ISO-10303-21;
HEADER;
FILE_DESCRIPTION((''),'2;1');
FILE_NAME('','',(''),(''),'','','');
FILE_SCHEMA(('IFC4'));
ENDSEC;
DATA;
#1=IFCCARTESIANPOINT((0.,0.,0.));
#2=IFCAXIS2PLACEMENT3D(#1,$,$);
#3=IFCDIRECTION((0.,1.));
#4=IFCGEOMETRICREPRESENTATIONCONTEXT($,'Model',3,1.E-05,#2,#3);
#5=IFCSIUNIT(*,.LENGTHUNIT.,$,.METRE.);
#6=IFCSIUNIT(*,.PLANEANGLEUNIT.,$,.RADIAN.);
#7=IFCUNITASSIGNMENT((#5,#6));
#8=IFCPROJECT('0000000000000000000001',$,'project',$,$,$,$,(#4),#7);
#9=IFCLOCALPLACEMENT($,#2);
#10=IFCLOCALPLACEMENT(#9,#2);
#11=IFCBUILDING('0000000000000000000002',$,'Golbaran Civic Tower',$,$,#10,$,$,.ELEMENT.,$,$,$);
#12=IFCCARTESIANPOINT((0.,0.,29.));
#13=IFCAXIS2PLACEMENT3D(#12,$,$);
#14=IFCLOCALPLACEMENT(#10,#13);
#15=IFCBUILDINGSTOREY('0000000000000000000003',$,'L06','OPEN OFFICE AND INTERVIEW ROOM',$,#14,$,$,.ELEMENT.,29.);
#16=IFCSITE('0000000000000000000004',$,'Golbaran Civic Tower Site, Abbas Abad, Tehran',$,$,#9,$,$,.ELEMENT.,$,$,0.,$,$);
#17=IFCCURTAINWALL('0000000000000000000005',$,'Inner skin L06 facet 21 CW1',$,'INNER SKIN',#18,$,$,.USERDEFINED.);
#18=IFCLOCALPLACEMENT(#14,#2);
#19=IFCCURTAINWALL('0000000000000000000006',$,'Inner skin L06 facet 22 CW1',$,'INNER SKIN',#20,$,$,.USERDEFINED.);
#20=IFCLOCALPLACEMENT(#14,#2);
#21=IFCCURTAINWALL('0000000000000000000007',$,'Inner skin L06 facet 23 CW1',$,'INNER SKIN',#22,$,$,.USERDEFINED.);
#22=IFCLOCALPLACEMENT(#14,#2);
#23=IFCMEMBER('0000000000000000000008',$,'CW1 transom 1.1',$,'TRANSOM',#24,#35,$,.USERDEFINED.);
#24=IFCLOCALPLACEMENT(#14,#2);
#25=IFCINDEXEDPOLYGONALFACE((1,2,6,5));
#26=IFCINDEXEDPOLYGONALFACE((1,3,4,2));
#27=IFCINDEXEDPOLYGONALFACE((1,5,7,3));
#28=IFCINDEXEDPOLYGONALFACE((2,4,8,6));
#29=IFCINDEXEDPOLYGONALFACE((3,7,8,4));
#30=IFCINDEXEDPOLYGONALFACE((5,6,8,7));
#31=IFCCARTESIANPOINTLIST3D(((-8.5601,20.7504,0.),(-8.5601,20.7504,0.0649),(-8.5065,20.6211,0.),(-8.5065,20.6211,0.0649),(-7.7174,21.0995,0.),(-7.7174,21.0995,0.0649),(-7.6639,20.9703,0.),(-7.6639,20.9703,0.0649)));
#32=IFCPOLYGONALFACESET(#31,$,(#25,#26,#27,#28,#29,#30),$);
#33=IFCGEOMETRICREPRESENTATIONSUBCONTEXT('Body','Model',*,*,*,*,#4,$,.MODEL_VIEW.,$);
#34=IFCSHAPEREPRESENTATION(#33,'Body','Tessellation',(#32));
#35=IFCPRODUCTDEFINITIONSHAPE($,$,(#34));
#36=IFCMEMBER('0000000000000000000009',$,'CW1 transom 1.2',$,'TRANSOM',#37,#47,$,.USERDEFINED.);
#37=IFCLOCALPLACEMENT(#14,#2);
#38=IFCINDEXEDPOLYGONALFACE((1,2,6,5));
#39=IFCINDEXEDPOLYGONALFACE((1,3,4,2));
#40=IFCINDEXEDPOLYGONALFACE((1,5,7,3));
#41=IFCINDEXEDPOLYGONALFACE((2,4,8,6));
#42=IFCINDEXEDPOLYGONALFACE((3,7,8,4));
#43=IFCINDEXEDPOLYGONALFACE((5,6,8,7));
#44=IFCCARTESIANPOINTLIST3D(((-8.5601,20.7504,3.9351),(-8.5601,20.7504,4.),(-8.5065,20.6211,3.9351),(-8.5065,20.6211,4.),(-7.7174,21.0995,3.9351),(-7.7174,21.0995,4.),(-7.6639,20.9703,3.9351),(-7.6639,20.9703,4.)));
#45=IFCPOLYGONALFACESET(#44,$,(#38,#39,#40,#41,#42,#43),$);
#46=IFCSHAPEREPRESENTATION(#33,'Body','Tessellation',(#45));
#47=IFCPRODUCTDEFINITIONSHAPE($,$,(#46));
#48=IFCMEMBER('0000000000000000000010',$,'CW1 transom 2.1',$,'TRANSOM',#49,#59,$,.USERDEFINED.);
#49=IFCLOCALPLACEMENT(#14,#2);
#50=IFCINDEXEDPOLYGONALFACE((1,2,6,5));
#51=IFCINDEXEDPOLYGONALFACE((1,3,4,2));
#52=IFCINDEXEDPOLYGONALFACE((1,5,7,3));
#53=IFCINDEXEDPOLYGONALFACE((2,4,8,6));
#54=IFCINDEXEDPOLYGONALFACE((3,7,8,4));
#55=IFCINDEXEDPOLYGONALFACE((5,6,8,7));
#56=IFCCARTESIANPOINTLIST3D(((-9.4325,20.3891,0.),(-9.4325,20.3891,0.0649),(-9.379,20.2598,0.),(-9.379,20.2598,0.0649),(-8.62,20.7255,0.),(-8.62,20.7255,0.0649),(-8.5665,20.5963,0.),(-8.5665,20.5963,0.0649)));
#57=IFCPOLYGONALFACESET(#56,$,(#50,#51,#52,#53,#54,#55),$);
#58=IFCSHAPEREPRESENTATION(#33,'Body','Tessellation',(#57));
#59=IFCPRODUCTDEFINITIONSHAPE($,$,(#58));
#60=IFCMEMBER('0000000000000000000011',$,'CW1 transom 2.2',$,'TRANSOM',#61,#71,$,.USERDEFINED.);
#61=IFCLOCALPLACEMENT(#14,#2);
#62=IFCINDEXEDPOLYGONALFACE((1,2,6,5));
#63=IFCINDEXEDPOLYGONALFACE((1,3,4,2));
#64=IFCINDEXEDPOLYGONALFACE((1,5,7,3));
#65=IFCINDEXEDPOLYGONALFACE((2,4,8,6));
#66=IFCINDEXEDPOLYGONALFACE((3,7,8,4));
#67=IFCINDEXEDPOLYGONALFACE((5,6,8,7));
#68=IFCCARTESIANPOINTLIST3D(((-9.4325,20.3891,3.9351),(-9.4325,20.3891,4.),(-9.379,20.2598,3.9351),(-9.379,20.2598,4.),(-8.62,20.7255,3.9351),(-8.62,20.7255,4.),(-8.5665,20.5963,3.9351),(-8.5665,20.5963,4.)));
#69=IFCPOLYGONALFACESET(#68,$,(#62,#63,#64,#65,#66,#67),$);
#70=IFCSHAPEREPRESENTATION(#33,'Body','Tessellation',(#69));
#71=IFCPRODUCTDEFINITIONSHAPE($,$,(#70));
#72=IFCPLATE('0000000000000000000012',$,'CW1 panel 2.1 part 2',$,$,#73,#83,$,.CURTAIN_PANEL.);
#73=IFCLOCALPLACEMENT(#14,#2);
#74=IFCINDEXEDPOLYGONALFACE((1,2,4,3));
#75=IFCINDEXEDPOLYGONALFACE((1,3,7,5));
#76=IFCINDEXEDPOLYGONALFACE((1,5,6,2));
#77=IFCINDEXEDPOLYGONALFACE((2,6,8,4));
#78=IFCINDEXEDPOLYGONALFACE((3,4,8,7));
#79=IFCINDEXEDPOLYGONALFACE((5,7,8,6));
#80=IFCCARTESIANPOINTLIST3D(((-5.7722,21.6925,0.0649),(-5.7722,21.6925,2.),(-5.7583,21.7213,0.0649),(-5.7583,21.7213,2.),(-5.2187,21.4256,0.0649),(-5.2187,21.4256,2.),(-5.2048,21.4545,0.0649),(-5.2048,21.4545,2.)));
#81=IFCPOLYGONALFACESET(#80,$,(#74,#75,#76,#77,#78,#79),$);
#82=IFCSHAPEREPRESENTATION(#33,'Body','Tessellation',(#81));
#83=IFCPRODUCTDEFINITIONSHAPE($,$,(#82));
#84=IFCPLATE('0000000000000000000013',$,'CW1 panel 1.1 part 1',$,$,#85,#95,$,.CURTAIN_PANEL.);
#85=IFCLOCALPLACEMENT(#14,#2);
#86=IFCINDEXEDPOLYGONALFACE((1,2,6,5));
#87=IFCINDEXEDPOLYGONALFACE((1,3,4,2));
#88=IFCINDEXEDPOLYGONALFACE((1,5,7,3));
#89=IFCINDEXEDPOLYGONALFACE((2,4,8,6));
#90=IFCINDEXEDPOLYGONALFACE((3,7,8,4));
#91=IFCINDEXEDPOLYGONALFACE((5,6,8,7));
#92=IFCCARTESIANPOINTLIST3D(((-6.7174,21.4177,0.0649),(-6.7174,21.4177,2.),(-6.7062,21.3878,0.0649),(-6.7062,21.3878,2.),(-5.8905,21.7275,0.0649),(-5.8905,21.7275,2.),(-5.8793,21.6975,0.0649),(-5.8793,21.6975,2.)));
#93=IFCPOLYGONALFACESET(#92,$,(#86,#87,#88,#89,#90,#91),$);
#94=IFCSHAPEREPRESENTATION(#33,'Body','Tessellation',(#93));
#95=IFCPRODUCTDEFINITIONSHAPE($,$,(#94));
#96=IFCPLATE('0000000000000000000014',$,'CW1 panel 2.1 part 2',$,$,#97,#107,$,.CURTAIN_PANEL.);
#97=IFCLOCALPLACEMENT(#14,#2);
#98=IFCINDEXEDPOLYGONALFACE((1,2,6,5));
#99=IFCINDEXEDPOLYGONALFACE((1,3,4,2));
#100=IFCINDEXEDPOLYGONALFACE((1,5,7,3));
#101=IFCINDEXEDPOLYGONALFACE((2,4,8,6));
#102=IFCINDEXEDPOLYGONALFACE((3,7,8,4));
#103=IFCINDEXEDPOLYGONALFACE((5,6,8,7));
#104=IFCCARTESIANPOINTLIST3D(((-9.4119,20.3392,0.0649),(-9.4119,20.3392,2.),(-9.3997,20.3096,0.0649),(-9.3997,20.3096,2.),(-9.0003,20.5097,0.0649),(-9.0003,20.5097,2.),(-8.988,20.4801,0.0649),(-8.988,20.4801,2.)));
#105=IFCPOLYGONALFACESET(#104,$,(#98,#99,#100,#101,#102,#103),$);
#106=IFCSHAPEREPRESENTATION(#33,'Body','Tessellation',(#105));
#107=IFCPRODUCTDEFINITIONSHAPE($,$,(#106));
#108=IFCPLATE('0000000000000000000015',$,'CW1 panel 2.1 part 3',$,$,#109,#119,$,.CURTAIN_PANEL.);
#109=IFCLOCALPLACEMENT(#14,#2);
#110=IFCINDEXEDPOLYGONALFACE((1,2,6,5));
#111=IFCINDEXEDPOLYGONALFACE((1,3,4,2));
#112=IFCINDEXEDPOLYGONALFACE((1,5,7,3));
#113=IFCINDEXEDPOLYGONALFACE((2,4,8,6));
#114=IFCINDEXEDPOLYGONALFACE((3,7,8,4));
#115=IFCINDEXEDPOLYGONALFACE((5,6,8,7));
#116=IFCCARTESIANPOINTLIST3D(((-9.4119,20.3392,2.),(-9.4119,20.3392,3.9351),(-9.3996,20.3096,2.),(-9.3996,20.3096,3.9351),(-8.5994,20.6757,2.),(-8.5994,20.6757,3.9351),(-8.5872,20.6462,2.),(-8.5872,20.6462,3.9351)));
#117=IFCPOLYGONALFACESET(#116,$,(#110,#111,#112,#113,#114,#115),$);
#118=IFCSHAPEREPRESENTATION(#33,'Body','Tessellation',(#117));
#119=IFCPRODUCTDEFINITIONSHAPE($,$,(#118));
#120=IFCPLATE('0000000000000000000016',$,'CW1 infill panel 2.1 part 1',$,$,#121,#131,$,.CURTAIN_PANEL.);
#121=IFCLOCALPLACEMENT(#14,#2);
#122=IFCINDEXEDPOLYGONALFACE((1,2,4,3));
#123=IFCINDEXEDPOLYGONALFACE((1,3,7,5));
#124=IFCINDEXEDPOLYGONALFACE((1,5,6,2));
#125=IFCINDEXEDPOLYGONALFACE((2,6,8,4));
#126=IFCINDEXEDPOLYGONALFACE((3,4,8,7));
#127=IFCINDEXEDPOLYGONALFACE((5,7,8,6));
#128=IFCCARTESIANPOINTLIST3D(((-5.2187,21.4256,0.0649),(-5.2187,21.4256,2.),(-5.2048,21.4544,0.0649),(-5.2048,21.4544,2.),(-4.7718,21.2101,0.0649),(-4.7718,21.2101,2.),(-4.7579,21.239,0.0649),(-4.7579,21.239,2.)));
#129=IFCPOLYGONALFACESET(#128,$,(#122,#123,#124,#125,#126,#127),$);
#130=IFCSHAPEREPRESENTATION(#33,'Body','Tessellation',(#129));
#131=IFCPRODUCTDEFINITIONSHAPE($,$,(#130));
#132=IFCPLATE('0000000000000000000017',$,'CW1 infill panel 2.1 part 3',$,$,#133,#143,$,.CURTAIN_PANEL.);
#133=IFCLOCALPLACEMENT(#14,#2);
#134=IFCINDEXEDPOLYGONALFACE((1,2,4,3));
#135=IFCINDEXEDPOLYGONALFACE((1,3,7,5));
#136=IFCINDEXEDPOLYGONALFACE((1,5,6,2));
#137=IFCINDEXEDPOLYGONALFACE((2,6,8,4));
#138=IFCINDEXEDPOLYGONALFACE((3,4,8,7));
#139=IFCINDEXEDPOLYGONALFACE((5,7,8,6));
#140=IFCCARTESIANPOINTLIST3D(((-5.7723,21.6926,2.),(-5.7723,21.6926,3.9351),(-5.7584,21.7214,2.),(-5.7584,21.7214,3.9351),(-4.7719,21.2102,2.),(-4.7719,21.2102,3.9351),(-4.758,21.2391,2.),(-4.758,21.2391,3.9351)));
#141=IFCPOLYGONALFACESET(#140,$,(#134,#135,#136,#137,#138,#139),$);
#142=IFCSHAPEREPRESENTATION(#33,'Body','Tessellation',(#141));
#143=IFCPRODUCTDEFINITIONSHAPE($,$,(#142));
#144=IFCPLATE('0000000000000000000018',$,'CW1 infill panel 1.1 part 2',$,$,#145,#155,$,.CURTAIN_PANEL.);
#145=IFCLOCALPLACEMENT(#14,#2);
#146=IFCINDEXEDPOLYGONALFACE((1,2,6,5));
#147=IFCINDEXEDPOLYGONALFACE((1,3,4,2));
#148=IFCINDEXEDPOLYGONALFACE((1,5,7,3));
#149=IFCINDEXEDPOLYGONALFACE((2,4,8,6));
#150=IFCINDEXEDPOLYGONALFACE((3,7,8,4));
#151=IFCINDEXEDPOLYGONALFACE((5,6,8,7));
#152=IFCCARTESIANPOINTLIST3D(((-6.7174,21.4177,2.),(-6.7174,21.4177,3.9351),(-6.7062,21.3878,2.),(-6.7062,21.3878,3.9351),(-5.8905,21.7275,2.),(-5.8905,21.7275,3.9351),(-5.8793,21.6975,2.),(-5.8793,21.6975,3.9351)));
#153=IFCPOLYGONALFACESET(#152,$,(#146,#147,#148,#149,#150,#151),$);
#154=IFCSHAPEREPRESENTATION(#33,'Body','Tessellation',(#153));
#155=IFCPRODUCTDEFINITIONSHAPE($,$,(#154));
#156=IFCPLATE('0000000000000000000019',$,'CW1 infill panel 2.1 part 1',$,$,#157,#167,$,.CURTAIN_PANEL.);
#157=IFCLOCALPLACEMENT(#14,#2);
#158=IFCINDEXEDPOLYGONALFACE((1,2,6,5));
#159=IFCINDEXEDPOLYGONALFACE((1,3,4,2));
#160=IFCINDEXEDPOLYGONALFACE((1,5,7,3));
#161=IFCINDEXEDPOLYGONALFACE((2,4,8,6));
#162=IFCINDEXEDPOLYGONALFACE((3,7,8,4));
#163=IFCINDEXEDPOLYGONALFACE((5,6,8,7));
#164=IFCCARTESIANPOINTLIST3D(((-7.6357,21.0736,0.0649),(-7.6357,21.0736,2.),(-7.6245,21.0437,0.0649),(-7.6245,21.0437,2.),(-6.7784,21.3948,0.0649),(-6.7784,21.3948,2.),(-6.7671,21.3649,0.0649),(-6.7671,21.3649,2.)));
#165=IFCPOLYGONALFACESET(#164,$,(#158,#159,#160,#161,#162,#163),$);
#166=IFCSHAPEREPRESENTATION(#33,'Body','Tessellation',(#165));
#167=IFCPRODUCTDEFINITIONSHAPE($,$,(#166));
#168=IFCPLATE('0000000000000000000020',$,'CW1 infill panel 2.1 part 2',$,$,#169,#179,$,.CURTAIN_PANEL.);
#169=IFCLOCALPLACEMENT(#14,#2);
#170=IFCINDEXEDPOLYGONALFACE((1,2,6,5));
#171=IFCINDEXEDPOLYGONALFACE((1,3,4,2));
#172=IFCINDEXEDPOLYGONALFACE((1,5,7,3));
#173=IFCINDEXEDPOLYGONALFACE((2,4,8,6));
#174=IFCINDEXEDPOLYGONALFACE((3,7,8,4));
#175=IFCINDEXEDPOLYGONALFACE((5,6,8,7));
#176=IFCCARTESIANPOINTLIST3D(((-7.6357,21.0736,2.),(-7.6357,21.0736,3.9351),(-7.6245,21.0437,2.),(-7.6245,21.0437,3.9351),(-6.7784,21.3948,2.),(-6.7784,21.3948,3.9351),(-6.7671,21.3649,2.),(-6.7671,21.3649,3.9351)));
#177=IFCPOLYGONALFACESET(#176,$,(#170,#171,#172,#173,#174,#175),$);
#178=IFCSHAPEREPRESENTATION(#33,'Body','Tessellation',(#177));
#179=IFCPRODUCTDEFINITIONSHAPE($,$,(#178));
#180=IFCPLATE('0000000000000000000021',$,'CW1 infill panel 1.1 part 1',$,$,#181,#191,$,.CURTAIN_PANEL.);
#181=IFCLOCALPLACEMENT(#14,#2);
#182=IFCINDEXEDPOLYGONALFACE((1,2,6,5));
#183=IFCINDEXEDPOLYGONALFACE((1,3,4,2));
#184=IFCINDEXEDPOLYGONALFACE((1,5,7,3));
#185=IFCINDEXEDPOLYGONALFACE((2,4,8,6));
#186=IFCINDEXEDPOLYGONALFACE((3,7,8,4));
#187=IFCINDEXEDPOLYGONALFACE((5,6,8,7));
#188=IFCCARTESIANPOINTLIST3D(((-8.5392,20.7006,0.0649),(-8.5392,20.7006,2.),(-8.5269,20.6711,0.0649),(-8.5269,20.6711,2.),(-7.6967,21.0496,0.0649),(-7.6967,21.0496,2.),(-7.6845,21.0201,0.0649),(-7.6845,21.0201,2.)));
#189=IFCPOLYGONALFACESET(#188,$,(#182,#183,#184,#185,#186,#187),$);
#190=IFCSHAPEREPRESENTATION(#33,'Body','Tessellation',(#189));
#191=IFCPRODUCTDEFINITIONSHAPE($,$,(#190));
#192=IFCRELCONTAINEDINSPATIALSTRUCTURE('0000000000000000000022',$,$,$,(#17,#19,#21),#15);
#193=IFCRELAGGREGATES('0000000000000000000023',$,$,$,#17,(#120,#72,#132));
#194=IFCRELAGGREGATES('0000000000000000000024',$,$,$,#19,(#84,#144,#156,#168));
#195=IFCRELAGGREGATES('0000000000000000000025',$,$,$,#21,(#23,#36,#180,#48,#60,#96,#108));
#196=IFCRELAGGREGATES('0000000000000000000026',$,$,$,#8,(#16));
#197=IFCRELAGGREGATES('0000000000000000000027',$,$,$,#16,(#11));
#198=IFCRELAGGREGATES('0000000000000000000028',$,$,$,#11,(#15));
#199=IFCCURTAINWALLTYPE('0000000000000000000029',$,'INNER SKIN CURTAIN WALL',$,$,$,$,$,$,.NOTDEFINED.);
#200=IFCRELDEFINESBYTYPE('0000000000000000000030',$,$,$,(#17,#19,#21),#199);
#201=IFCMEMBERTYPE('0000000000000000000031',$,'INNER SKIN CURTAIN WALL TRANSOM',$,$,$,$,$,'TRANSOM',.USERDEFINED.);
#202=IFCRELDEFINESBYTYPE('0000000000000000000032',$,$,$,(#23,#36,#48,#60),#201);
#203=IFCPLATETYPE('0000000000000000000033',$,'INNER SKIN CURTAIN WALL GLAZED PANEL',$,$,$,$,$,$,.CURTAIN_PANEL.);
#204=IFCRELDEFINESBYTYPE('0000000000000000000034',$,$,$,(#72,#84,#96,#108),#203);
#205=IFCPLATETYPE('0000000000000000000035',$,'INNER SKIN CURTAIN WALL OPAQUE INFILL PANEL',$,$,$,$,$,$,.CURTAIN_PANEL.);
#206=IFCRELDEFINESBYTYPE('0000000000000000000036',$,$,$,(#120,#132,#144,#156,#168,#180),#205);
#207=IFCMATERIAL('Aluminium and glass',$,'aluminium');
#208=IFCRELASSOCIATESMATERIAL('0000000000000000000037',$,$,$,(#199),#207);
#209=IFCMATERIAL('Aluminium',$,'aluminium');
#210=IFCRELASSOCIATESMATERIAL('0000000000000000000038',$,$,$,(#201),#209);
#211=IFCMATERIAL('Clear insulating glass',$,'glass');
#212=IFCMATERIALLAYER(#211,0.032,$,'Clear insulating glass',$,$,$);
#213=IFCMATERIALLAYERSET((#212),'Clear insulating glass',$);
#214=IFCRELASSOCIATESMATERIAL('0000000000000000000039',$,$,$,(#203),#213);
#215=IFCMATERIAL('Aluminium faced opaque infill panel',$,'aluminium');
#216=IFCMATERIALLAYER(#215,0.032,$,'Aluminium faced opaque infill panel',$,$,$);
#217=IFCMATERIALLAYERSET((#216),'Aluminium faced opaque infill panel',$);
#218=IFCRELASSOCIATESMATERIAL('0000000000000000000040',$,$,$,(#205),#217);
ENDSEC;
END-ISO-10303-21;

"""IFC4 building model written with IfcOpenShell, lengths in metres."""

from ifc_helpers import new_model, si_unit, direction, frame, origin, origin_2d, place, context, subcontext, project, spatial, rectangle, extrude, material, layer, layer_set, material_profile, profile_set, type_object, element, aggregate, save


model = new_model("IFC4")

# Units and contexts
model_context = context("Model", 3, precision=1e-05, world=origin(), true_north=direction((0.0, 1.0)))
body_context = subcontext(model_context, "Body", "Model", "MODEL_VIEW")
ifc_project = project(units=[si_unit("LENGTHUNIT", "METRE"), si_unit("PLANEANGLEUNIT", "RADIAN")], contexts=[model_context])

# Site, building, storey
site_placement = place(None, origin())
site = spatial("IfcSite", under=ifc_project, at=site_placement, Name="Golbaran Civic Tower Site, Abbas Abad, Tehran", CompositionType="ELEMENT", RefElevation=0.0)
building_placement = place(site_placement, origin())
building = spatial("IfcBuilding", under=site, at=building_placement, Name="Golbaran Civic Tower", CompositionType="ELEMENT")
storey_placement = place(building_placement, frame((0.0, 0.0, 29.0)))
storey = spatial("IfcBuildingStorey", under=building, at=storey_placement, Name="L06", Description="OPEN OFFICE AND INTERVIEW ROOM", CompositionType="ELEMENT", Elevation=29.0)

# Curtain wall
ifc_material_1 = material(Name="Aluminium and glass", Category="aluminium")
curtain_wall_type = type_object("IfcCurtainWallType", Name="INNER SKIN CURTAIN WALL", PredefinedType="NOTDEFINED", material=ifc_material_1)
curtain_wall_1_placement = place(storey_placement, origin())
curtain_wall_1 = element("IfcCurtainWall", 1, at=curtain_wall_1_placement, inside=storey, type_object=curtain_wall_type, Name="Inner skin L06 facet 21 CW1", ObjectType="INNER SKIN", PredefinedType="USERDEFINED")
ifc_material_2 = material(Name="Aluminium", Category="aluminium")

# Curtain walls
curtain_wall_2_placement = place(storey_placement, origin())
curtain_wall_2 = element("IfcCurtainWall", 2, at=curtain_wall_2_placement, inside=storey, type_object=curtain_wall_type, Name="Inner skin L06 facet 22 CW1", ObjectType="INNER SKIN", PredefinedType="USERDEFINED")
curtain_wall_3_placement = place(storey_placement, origin())
curtain_wall_3 = element("IfcCurtainWall", 3, at=curtain_wall_3_placement, inside=storey, type_object=curtain_wall_type, Name="Inner skin L06 facet 23 CW1", ObjectType="INNER SKIN", PredefinedType="USERDEFINED")

# Members
ifc_material_profile_1 = material_profile(ifc_material_2, rectangle(XDim=0.1399, YDim=0.0649, at=origin_2d()), Name="INNER SKIN CURTAIN WALL TRANSOM")
ifc_profile_set_1 = profile_set([ifc_material_profile_1], Name="Aluminium")
member_type_1 = type_object("IfcMemberType", Name="INNER SKIN CURTAIN WALL TRANSOM", ElementType="TRANSOM", PredefinedType="USERDEFINED", material=ifc_profile_set_1)
member_1_placement = place(storey_placement, frame((-7.6907, 21.0349, 0.0325), z_axis=(-0.923828, -0.382809, 0.0), x_axis=(0.382809, -0.923828, 0.0)))
member_1 = element("IfcMember", 4, at=member_1_placement, type_object=member_type_1, Name="CW1 transom 1.1", ObjectType="TRANSOM", PredefinedType="USERDEFINED", context=body_context, shape_type="SweptSolid", body=[
    extrude(rectangle(XDim=0.1399, YDim=0.0649, at=origin_2d()), origin(), (0.0, 0.0, 1.0), 0.9121),
])
member_2_placement = place(storey_placement, frame((-7.6907, 21.0349, 3.9675), z_axis=(-0.923828, -0.382809, 0.0), x_axis=(0.382809, -0.923828, 0.0)))
member_2 = element("IfcMember", 5, at=member_2_placement, type_object=member_type_1, Name="CW1 transom 1.2", ObjectType="TRANSOM", PredefinedType="USERDEFINED", context=body_context, shape_type="SweptSolid", body=[
    extrude(rectangle(XDim=0.1399, YDim=0.0649, at=origin_2d()), origin(), (0.0, 0.0, 1.0), 0.9121),
])
member_3_placement = place(storey_placement, frame((-8.5933, 20.6609, 0.0325), z_axis=(-0.923929, -0.382564, 0.0), x_axis=(0.382564, -0.923929, 0.0)))
member_3 = element("IfcMember", 6, at=member_3_placement, type_object=member_type_1, Name="CW1 transom 2.1", ObjectType="TRANSOM", PredefinedType="USERDEFINED", context=body_context, shape_type="SweptSolid", body=[
    extrude(rectangle(XDim=0.1399, YDim=0.0649, at=origin_2d()), origin(), (0.0, 0.0, 1.0), 0.8794),
])
member_4_placement = place(storey_placement, frame((-8.5933, 20.6609, 3.9675), z_axis=(-0.923929, -0.382564, 0.0), x_axis=(0.382564, -0.923929, 0.0)))
member_4 = element("IfcMember", 7, at=member_4_placement, type_object=member_type_1, Name="CW1 transom 2.2", ObjectType="TRANSOM", PredefinedType="USERDEFINED", context=body_context, shape_type="SweptSolid", body=[
    extrude(rectangle(XDim=0.1399, YDim=0.0649, at=origin_2d()), origin(), (0.0, 0.0, 1.0), 0.8794),
])

# Plates
ifc_material_3 = material(Name="Clear insulating glass", Category="glass")
ifc_layer_1 = layer(ifc_material_3, 0.032, Name="Clear insulating glass")
ifc_layer_set_1 = layer_set([ifc_layer_1], Name="Clear insulating glass")
plate_type_1 = type_object("IfcPlateType", Name="INNER SKIN CURTAIN WALL GLAZED PANEL", PredefinedType="CURTAIN_PANEL", material=ifc_layer_set_1)
plate_1_placement = place(storey_placement, frame((-5.4885, 21.5735, 0.0649), z_axis=(0.0, 0.0, 1.0), x_axis=(-0.900767, 0.434302, 0.0)))
plate_1 = element("IfcPlate", 8, at=plate_1_placement, type_object=plate_type_1, Name="CW1 panel 2.1 part 2", PredefinedType="CURTAIN_PANEL", context=body_context, shape_type="SweptSolid", body=[
    extrude(rectangle(XDim=0.6145, YDim=0.032, at=origin_2d()), origin(), (0.0, 0.0, 1.0), 1.9351),
])
plate_2_placement = place(storey_placement, frame((-6.2983, 21.5576, 0.0649), z_axis=(0.0, 0.0, 1.0), x_axis=(-0.936447, -0.350808, 0.0)))
plate_2 = element("IfcPlate", 9, at=plate_2_placement, type_object=plate_type_1, Name="CW1 panel 1.1 part 1", PredefinedType="CURTAIN_PANEL", context=body_context, shape_type="SweptSolid", body=[
    extrude(rectangle(XDim=0.8831, YDim=0.032, at=origin_2d()), origin(), (0.0, 0.0, 1.0), 1.9351),
])
plate_3_placement = place(storey_placement, frame((-9.2, 20.4097, 0.0649), z_axis=(0.0, 0.0, 1.0), x_axis=(-0.92388, -0.382683, 0.0)))
plate_3 = element("IfcPlate", 10, at=plate_3_placement, type_object=plate_type_1, Name="CW1 panel 2.1 part 2", PredefinedType="CURTAIN_PANEL", context=body_context, shape_type="SweptSolid", body=[
    extrude(rectangle(XDim=0.4456, YDim=0.032, at=origin_2d()), origin(), (0.0, 0.0, 1.0), 1.9351),
])
plate_4_placement = place(storey_placement, frame((-8.9995, 20.4927, 2.0), z_axis=(0.0, 0.0, 1.0), x_axis=(-0.92388, -0.382683, 0.0)))
plate_4 = element("IfcPlate", 11, at=plate_4_placement, type_object=plate_type_1, Name="CW1 panel 2.1 part 3", PredefinedType="CURTAIN_PANEL", context=body_context, shape_type="SweptSolid", body=[
    extrude(rectangle(XDim=0.8794, YDim=0.032, at=origin_2d()), origin(), (0.0, 0.0, 1.0), 1.9351),
])
ifc_material_4 = material(Name="Aluminium faced opaque infill panel", Category="aluminium")
ifc_layer_2 = layer(ifc_material_4, 0.032, Name="Aluminium faced opaque infill panel")
ifc_layer_set_2 = layer_set([ifc_layer_2], Name="Aluminium faced opaque infill panel")
plate_type_2 = type_object("IfcPlateType", Name="INNER SKIN CURTAIN WALL OPAQUE INFILL PANEL", PredefinedType="CURTAIN_PANEL", material=ifc_layer_set_2)
plate_5_placement = place(storey_placement, frame((-4.9883, 21.3323, 0.0649), z_axis=(0.0, 0.0, 1.0), x_axis=(-0.900767, 0.434302, 0.0)))
plate_5 = element("IfcPlate", 12, at=plate_5_placement, type_object=plate_type_2, Name="CW1 infill panel 2.1 part 1", PredefinedType="CURTAIN_PANEL", context=body_context, shape_type="SweptSolid", body=[
    extrude(rectangle(XDim=0.4961, YDim=0.032, at=origin_2d()), origin(), (0.0, 0.0, 1.0), 1.9351),
])
plate_6_placement = place(storey_placement, frame((-5.2651, 21.4658, 2.0), z_axis=(0.0, 0.0, 1.0), x_axis=(-0.900767, 0.434302, 0.0)))
plate_6 = element("IfcPlate", 13, at=plate_6_placement, type_object=plate_type_2, Name="CW1 infill panel 2.1 part 3", PredefinedType="CURTAIN_PANEL", context=body_context, shape_type="SweptSolid", body=[
    extrude(rectangle(XDim=1.1106, YDim=0.032, at=origin_2d()), origin(), (0.0, 0.0, 1.0), 1.9351),
])
aggregate(curtain_wall_1, [plate_5, plate_1, plate_6])
plate_7_placement = place(storey_placement, frame((-6.2983, 21.5576, 2.0), z_axis=(0.0, 0.0, 1.0), x_axis=(-0.936447, -0.350808, 0.0)))
plate_7 = element("IfcPlate", 14, at=plate_7_placement, type_object=plate_type_2, Name="CW1 infill panel 1.1 part 2", PredefinedType="CURTAIN_PANEL", context=body_context, shape_type="SweptSolid", body=[
    extrude(rectangle(XDim=0.8831, YDim=0.032, at=origin_2d()), origin(), (0.0, 0.0, 1.0), 1.9351),
])
plate_8_placement = place(storey_placement, frame((-7.2014, 21.2192, 0.0649), z_axis=(0.0, 0.0, 1.0), x_axis=(-0.936447, -0.350808, 0.0)))
plate_8 = element("IfcPlate", 15, at=plate_8_placement, type_object=plate_type_2, Name="CW1 infill panel 2.1 part 1", PredefinedType="CURTAIN_PANEL", context=body_context, shape_type="SweptSolid", body=[
    extrude(rectangle(XDim=0.9155, YDim=0.032, at=origin_2d()), origin(), (0.0, 0.0, 1.0), 1.9351),
])
plate_9_placement = place(storey_placement, frame((-7.2014, 21.2192, 2.0), z_axis=(0.0, 0.0, 1.0), x_axis=(-0.936447, -0.350808, 0.0)))
plate_9 = element("IfcPlate", 16, at=plate_9_placement, type_object=plate_type_2, Name="CW1 infill panel 2.1 part 2", PredefinedType="CURTAIN_PANEL", context=body_context, shape_type="SweptSolid", body=[
    extrude(rectangle(XDim=0.9155, YDim=0.032, at=origin_2d()), origin(), (0.0, 0.0, 1.0), 1.9351),
])
aggregate(curtain_wall_2, [plate_2, plate_7, plate_8, plate_9])
plate_10_placement = place(storey_placement, frame((-8.1118, 20.8604, 0.0649), z_axis=(0.0, 0.0, 1.0), x_axis=(-0.92388, -0.382683, 0.0)))
plate_10 = element("IfcPlate", 17, at=plate_10_placement, type_object=plate_type_2, Name="CW1 infill panel 1.1 part 1", PredefinedType="CURTAIN_PANEL", context=body_context, shape_type="SweptSolid", body=[
    extrude(rectangle(XDim=0.9119, YDim=0.032, at=origin_2d()), origin(), (0.0, 0.0, 1.0), 1.9351),
])
aggregate(curtain_wall_3, [member_1, member_2, plate_10, member_3, member_4, plate_3, plate_4])

save(model, "model.ifc")
